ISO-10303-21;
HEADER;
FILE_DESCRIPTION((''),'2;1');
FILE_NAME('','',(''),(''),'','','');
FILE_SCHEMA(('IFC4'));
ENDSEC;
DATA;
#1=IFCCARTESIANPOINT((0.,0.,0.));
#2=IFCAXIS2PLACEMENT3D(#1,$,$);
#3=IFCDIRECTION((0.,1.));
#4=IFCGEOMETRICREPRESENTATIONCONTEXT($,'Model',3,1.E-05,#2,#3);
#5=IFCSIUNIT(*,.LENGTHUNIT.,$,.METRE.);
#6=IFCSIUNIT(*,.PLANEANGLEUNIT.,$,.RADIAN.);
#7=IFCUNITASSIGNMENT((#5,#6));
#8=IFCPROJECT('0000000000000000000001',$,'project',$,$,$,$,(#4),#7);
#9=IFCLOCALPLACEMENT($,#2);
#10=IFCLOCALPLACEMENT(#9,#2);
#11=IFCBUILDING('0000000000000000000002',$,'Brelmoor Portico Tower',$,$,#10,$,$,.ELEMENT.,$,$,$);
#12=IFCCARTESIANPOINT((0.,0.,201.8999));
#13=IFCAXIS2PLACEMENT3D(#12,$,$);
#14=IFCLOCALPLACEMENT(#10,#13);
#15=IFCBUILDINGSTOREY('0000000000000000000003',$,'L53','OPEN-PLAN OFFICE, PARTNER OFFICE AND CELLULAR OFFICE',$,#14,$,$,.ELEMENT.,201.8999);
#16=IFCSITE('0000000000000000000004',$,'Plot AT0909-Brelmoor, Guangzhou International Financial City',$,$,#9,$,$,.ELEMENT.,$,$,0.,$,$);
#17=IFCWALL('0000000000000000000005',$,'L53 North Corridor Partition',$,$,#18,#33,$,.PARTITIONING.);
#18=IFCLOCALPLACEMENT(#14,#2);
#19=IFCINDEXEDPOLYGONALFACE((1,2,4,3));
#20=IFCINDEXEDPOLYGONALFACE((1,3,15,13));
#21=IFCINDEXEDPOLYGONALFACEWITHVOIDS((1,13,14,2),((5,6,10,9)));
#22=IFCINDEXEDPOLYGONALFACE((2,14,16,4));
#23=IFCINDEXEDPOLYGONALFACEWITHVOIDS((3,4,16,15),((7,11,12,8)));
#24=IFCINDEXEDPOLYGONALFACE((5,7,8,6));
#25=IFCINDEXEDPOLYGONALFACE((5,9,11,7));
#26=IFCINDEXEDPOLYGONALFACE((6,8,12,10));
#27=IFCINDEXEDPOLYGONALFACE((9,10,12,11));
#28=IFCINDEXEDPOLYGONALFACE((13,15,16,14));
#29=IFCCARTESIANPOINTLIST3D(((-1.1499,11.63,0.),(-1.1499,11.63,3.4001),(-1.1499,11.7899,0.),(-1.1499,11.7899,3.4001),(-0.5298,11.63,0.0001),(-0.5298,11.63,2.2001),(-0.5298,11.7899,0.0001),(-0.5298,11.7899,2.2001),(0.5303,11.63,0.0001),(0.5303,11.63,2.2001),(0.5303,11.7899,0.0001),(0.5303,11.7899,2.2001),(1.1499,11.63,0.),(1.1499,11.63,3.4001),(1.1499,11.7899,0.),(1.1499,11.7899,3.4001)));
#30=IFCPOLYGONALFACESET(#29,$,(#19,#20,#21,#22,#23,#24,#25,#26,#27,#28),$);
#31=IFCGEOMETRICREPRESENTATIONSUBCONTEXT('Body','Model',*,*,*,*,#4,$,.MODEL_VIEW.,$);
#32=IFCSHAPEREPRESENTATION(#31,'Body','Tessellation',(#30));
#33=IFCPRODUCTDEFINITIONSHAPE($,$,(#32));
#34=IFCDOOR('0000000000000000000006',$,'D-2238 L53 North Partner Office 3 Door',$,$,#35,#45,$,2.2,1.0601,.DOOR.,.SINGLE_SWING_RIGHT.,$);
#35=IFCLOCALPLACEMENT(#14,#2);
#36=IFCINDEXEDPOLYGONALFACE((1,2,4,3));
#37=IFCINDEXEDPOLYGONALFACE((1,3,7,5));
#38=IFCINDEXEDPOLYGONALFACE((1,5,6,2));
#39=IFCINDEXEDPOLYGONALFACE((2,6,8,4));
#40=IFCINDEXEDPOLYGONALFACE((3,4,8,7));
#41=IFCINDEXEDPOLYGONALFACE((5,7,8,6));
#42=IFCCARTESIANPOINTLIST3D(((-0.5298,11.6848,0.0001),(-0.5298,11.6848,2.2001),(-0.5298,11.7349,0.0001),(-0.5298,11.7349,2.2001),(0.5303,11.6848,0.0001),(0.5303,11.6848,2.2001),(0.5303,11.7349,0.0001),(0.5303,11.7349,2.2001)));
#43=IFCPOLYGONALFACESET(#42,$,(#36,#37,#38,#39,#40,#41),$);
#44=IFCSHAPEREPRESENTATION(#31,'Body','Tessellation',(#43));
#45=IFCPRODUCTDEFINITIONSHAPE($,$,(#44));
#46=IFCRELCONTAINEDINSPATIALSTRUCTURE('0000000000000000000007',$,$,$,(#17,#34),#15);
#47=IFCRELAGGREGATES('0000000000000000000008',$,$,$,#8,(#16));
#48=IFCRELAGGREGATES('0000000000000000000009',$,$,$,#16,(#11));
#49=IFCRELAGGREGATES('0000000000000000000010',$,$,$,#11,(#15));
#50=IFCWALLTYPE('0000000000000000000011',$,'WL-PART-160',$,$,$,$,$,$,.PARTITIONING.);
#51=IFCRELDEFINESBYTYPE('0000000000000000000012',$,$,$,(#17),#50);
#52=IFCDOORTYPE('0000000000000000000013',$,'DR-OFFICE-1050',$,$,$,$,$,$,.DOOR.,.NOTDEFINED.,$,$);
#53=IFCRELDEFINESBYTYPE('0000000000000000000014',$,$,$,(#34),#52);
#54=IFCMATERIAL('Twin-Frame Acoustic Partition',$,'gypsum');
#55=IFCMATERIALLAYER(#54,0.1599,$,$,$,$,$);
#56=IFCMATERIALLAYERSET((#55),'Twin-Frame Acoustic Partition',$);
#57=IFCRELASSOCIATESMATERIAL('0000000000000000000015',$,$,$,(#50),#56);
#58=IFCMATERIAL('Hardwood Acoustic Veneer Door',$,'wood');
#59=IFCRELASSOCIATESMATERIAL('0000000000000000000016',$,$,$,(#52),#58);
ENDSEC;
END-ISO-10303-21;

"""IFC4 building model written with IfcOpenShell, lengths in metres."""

from ifc_helpers import new_model, si_unit, direction, frame, frame_2d, origin, place, context, subcontext, project, spatial, rectangle, extrude, material, layer, layer_set, type_object, element, fill, save


model = new_model("IFC4")

# Units and contexts
model_context = context("Model", 3, precision=1e-05, world=origin(), true_north=direction((0.0, 1.0)))
body_context = subcontext(model_context, "Body", "Model", "MODEL_VIEW")
ifc_project = project(units=[si_unit("LENGTHUNIT", "METRE"), si_unit("PLANEANGLEUNIT", "RADIAN")], contexts=[model_context])

# Site, building, storey
site_placement = place(None, origin())
site = spatial("IfcSite", under=ifc_project, at=site_placement, Name="Plot AT0909-Brelmoor, Guangzhou International Financial City", CompositionType="ELEMENT", RefElevation=0.0)
building_placement = place(site_placement, origin())
building = spatial("IfcBuilding", under=site, at=building_placement, Name="Brelmoor Portico Tower", CompositionType="ELEMENT")
storey_placement = place(building_placement, frame((0.0, 0.0, 201.8999)))
storey = spatial("IfcBuildingStorey", under=building, at=storey_placement, Name="L53", Description="OPEN-PLAN OFFICE, PARTNER OFFICE AND CELLULAR OFFICE", CompositionType="ELEMENT", Elevation=201.8999)

# Shared definitions
ifc_material_1 = material(Name="Twin-Frame Acoustic Partition", Category="gypsum")
ifc_layer_1 = layer(ifc_material_1, 0.1599)
ifc_layer_set_1 = layer_set([ifc_layer_1], Name="Twin-Frame Acoustic Partition")
wall_type_1 = type_object("IfcWallType", Name="WL-PART-160", PredefinedType="PARTITIONING", material=ifc_layer_set_1)

# Wall, opening, door
wall_1_placement = place(storey_placement, frame((-1.1499, 11.71, 0.0), z_axis=(0.0, 0.0, 1.0), x_axis=(1.0, 0.0, 0.0)))
wall_1 = element("IfcWall", 1, at=wall_1_placement, inside=storey, type_object=wall_type_1, Name="L53 North Corridor Partition", PredefinedType="PARTITIONING", context=body_context, shape_type="SweptSolid", body=[
    extrude(rectangle(XDim=2.2998, YDim=0.1599, at=frame_2d((1.1499, 0.0))), origin(), (0.0, 0.0, 1.0), 3.4001),
])
opening_1_placement = place(wall_1_placement, frame((0.6201, 0.0, 0.0)))
opening_1 = element("IfcOpeningElement", 2, at=opening_1_placement, cuts=wall_1, PredefinedType="OPENING", context=body_context, shape_type="SweptSolid", body=[
    extrude(rectangle(XDim=1.0601, YDim=2.2, at=frame_2d((0.53, 1.1001))), frame((0.0, 0.0898, 0.0), z_axis=(0.0, -1.0, 0.0), x_axis=(1.0, 0.0, 0.0)), (0.0, 0.0, 1.0), 0.1799),
])
ifc_material_2 = material(Name="Hardwood Acoustic Veneer Door", Category="wood")
door_type_1 = type_object("IfcDoorType", Name="DR-OFFICE-1050", OperationType="NOTDEFINED", PredefinedType="DOOR", material=ifc_material_2)
door_1_placement = place(opening_1_placement, origin())
door_1 = element("IfcDoor", 3, at=door_1_placement, inside=storey, type_object=door_type_1, Name="D-2238 L53 North Partner Office 3 Door", OperationType="SINGLE_SWING_RIGHT", OverallHeight=2.2, OverallWidth=1.0601, PredefinedType="DOOR", context=body_context, shape_type="SweptSolid", body=[
    extrude(rectangle(XDim=1.0601, YDim=2.2, at=frame_2d((0.53, 1.1001))), frame((0.0, 0.0249, 0.0), z_axis=(0.0, -1.0, 0.0), x_axis=(1.0, 0.0, 0.0)), (0.0, 0.0, 1.0), 0.05),
])
fill(opening_1, door_1)

save(model, "model.ifc")
